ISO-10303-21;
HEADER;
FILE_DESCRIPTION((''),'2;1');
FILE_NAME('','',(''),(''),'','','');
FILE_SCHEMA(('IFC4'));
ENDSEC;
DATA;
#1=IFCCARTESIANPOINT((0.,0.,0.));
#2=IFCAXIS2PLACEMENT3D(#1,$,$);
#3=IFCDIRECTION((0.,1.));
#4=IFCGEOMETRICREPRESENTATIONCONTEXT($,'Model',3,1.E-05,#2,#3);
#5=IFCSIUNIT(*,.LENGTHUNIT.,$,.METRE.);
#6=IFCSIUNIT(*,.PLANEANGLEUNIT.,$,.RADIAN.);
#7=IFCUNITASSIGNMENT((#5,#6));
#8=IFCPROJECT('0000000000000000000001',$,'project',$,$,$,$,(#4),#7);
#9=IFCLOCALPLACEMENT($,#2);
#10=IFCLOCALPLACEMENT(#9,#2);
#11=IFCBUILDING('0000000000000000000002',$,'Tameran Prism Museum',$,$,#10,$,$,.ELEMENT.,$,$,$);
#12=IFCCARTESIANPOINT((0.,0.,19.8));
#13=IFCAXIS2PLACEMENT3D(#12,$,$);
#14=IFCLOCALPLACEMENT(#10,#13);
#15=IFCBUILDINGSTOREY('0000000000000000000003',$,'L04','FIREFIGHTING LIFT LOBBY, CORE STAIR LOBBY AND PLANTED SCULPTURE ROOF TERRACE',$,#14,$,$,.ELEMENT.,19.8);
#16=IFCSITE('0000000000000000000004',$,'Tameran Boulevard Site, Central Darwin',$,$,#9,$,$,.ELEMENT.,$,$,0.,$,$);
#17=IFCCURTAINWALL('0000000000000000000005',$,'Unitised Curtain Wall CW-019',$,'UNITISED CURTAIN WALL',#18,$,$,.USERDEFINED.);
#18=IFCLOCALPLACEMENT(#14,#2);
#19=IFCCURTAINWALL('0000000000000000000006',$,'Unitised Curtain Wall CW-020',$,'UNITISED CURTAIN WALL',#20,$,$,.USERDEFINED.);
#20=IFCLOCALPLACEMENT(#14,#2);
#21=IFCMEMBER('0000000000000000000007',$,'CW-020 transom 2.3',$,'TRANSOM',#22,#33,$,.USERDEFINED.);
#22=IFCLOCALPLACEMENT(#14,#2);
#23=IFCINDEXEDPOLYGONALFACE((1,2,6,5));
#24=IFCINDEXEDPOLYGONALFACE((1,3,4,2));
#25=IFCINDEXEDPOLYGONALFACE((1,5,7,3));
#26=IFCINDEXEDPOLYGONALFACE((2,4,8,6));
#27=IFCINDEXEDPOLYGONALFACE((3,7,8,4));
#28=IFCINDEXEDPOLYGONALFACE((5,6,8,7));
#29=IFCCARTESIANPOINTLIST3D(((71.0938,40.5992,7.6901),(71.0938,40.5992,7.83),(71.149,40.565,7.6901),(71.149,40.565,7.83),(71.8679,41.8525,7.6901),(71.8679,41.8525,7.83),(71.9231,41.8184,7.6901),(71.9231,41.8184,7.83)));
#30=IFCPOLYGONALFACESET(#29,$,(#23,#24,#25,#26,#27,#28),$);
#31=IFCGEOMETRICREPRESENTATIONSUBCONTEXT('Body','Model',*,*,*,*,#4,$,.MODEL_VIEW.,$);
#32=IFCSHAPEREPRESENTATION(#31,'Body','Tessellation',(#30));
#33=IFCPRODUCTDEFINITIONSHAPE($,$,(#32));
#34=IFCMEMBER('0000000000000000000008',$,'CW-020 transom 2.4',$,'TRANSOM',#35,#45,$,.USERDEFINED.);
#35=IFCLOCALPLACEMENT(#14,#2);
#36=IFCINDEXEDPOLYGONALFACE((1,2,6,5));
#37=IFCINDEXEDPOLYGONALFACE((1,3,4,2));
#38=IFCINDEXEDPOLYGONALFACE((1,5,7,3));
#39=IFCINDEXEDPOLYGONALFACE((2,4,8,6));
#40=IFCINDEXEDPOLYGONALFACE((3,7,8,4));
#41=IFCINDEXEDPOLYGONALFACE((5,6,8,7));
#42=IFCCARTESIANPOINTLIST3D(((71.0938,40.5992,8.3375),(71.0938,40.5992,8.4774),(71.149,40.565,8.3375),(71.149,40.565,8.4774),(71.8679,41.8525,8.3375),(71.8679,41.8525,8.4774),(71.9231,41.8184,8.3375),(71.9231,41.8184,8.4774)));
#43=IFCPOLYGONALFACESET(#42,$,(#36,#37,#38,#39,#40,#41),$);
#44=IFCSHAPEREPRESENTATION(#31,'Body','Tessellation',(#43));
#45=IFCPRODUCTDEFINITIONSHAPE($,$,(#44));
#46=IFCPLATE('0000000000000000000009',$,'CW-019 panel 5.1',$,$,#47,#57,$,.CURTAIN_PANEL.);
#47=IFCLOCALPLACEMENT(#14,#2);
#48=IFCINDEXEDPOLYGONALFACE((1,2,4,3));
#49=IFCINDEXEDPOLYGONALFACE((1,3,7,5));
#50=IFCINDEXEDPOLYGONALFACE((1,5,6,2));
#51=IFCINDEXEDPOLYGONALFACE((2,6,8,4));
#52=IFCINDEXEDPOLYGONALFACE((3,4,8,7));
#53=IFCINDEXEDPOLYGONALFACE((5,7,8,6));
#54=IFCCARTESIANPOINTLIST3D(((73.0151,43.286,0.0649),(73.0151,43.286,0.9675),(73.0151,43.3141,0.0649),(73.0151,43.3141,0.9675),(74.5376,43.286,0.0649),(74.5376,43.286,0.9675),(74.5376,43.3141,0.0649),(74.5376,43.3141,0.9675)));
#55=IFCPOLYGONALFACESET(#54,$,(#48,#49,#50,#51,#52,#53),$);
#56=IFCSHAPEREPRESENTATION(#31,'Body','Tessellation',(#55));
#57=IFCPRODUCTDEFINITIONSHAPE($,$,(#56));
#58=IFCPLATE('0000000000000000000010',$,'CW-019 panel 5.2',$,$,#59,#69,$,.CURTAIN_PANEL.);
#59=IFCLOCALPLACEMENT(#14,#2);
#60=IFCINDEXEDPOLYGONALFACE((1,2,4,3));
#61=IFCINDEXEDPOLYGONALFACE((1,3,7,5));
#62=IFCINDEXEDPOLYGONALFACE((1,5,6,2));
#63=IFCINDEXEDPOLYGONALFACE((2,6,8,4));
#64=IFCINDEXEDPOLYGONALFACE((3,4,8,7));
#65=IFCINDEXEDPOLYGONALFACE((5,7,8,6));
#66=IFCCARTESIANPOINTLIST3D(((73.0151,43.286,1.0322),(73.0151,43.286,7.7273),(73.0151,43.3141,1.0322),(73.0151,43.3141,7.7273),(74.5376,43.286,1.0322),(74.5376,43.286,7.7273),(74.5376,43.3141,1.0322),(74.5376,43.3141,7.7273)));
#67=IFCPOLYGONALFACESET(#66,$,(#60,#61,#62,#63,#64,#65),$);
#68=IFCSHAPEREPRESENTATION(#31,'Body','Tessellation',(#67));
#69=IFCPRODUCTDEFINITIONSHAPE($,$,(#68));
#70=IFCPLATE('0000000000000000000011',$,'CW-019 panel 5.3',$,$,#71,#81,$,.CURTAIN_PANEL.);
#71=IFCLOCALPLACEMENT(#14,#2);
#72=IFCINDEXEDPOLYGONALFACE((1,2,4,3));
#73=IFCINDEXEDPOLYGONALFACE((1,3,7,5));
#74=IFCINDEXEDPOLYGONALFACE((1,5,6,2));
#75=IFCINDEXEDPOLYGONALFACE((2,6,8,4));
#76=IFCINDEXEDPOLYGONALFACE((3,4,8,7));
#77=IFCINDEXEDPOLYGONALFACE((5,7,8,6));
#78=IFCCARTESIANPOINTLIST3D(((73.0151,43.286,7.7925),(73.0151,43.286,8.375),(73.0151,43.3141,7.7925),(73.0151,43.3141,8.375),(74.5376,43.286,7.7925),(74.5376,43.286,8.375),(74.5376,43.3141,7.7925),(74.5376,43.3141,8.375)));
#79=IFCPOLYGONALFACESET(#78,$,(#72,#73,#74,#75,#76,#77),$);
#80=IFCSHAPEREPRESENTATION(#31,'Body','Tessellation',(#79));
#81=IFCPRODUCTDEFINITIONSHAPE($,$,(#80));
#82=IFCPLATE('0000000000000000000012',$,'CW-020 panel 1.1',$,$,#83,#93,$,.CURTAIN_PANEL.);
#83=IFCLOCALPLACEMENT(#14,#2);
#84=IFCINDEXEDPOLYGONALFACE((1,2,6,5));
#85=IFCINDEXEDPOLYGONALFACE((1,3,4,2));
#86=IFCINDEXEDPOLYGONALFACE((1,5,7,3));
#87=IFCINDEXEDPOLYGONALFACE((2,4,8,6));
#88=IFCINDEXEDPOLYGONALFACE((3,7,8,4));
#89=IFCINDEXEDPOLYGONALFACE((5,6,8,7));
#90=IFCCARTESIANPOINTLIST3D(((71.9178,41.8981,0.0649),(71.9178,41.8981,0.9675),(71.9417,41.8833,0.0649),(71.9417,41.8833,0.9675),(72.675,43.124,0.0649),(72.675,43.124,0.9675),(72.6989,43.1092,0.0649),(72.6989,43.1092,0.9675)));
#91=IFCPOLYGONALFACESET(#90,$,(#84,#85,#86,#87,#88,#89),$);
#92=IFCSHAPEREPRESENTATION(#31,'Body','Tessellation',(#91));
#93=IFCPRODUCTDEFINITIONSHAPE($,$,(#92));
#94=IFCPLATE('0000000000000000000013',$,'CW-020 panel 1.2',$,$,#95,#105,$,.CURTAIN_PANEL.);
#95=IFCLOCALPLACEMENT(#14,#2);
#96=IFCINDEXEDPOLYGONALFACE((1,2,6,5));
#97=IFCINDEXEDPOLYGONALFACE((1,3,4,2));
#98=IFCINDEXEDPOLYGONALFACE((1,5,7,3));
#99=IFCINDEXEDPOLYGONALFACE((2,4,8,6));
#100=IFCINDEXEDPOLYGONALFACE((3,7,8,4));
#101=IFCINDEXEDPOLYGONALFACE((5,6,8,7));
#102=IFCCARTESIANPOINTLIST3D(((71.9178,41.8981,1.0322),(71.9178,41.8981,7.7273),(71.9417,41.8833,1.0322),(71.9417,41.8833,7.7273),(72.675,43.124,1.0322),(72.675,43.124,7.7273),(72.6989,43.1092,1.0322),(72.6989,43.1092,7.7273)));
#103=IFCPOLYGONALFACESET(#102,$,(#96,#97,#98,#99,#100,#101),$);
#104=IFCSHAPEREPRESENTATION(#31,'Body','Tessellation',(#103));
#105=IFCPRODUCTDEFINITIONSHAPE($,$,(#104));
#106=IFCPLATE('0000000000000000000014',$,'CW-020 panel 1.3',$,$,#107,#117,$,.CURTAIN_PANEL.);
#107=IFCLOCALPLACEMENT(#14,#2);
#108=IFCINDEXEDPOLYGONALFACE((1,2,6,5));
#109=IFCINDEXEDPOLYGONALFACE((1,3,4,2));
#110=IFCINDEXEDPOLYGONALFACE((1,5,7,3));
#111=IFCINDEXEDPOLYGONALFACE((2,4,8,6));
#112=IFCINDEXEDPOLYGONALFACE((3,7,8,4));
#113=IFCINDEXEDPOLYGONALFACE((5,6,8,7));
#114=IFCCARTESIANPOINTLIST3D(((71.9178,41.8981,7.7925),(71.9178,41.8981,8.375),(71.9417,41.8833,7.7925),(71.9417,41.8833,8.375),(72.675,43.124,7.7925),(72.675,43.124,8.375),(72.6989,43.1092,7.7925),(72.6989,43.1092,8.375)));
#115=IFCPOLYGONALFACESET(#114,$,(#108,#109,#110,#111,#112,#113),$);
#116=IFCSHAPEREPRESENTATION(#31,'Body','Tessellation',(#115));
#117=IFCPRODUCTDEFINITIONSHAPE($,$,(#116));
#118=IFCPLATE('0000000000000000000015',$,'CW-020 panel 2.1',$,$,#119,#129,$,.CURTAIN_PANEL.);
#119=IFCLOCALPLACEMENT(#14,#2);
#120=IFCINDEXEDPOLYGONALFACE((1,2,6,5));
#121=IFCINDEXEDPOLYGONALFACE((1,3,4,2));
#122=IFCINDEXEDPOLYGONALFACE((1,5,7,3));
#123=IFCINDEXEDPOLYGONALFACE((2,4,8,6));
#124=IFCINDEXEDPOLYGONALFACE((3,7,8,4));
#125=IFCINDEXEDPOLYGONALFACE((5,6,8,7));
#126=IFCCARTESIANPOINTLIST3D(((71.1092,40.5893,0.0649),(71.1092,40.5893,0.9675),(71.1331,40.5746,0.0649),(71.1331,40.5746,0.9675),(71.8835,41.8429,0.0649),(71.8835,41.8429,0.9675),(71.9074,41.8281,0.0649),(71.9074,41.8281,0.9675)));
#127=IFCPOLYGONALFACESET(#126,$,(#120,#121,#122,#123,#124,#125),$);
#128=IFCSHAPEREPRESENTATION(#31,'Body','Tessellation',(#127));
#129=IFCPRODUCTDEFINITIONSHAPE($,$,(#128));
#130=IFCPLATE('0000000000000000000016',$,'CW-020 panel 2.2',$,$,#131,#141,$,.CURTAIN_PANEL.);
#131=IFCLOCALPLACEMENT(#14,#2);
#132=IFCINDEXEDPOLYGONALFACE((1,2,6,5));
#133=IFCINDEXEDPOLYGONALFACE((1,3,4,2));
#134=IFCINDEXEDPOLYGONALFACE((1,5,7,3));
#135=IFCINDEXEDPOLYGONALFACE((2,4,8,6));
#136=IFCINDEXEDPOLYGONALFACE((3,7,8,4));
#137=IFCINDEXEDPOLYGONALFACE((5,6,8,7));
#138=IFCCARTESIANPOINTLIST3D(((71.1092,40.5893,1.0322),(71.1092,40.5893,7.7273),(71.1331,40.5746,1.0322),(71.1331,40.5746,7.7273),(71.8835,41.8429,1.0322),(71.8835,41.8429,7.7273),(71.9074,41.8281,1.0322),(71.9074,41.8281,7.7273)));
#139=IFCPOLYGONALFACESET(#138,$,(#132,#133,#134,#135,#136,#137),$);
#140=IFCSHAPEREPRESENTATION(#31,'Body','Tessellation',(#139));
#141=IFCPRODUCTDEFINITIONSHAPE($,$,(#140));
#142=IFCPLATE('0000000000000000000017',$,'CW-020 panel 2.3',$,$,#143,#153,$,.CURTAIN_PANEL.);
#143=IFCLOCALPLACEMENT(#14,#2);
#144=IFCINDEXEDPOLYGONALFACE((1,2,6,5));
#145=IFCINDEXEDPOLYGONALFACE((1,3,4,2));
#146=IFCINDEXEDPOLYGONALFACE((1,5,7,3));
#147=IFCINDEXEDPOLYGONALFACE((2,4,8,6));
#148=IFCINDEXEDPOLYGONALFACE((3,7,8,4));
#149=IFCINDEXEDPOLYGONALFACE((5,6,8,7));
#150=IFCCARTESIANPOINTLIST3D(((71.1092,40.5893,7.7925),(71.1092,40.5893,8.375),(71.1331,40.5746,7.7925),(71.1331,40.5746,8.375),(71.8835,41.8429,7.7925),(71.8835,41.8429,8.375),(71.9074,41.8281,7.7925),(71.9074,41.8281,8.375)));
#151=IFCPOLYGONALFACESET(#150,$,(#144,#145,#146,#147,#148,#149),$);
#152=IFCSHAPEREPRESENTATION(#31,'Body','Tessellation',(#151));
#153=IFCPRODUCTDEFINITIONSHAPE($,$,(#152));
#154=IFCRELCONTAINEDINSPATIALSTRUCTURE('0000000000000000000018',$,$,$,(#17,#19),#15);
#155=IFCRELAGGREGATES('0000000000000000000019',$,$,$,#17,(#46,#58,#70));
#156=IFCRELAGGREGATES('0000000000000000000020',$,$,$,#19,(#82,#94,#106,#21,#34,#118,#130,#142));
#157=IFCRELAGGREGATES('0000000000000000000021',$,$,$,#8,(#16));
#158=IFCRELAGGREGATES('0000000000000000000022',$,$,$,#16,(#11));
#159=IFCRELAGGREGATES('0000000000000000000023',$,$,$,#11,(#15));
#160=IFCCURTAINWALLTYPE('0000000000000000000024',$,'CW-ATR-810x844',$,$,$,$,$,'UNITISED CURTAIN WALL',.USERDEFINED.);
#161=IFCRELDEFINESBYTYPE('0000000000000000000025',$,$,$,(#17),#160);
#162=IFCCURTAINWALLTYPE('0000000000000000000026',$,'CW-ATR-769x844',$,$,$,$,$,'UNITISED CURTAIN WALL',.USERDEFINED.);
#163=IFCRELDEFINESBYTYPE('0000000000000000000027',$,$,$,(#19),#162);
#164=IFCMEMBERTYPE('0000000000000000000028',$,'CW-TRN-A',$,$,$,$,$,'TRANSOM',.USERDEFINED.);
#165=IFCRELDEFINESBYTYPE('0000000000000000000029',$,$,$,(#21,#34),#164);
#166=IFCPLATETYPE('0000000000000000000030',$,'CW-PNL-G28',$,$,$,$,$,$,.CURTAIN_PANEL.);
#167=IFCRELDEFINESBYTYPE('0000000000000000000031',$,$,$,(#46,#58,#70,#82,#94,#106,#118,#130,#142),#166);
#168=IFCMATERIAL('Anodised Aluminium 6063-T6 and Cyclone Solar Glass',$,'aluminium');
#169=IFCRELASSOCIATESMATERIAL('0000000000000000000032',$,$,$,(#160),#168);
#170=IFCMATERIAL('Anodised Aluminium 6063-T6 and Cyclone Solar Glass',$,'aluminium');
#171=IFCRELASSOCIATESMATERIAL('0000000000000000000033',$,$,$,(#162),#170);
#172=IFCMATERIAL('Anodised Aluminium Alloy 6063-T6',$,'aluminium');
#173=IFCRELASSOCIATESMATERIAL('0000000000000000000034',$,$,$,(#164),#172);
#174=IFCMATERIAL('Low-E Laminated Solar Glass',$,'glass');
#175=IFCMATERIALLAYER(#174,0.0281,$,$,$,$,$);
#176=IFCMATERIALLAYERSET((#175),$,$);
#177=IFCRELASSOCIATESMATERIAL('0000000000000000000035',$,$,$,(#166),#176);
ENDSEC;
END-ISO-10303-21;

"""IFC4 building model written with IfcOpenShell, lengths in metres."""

from ifc_helpers import new_model, si_unit, direction, frame, origin, origin_2d, place, context, subcontext, project, spatial, rectangle, extrude, material, layer, layer_set, material_profile, profile_set, type_object, element, aggregate, save


model = new_model("IFC4")

# Units and contexts
model_context = context("Model", 3, precision=1e-05, world=origin(), true_north=direction((0.0, 1.0)))
body_context = subcontext(model_context, "Body", "Model", "MODEL_VIEW")
ifc_project = project(units=[si_unit("LENGTHUNIT", "METRE"), si_unit("PLANEANGLEUNIT", "RADIAN")], contexts=[model_context])

# Site, building, storey
site_placement = place(None, origin())
site = spatial("IfcSite", under=ifc_project, at=site_placement, Name="Tameran Boulevard Site, Central Darwin", CompositionType="ELEMENT", RefElevation=0.0)
building_placement = place(site_placement, origin())
building = spatial("IfcBuilding", under=site, at=building_placement, Name="Tameran Prism Museum", CompositionType="ELEMENT")
storey_placement = place(building_placement, frame((0.0, 0.0, 19.8)))
storey = spatial("IfcBuildingStorey", under=building, at=storey_placement, Name="L04", Description="FIREFIGHTING LIFT LOBBY, CORE STAIR LOBBY AND PLANTED SCULPTURE ROOF TERRACE", CompositionType="ELEMENT", Elevation=19.8)

# Curtain wall
ifc_material_1 = material(Name="Anodised Aluminium 6063-T6 and Cyclone Solar Glass", Category="aluminium")
curtain_wall_type_1 = type_object("IfcCurtainWallType", Name="CW-ATR-810x844", ElementType="UNITISED CURTAIN WALL", PredefinedType="USERDEFINED", material=ifc_material_1)
curtain_wall_1_placement = place(storey_placement, origin())
curtain_wall_1 = element("IfcCurtainWall", 1, at=curtain_wall_1_placement, inside=storey, type_object=curtain_wall_type_1, Name="Unitised Curtain Wall CW-019", ObjectType="UNITISED CURTAIN WALL", PredefinedType="USERDEFINED")

# Curtain wall
ifc_material_2 = material(Name="Anodised Aluminium 6063-T6 and Cyclone Solar Glass", Category="aluminium")
curtain_wall_type_2 = type_object("IfcCurtainWallType", Name="CW-ATR-769x844", ElementType="UNITISED CURTAIN WALL", PredefinedType="USERDEFINED", material=ifc_material_2)
curtain_wall_2_placement = place(storey_placement, origin())
curtain_wall_2 = element("IfcCurtainWall", 2, at=curtain_wall_2_placement, inside=storey, type_object=curtain_wall_type_2, Name="Unitised Curtain Wall CW-020", ObjectType="UNITISED CURTAIN WALL", PredefinedType="USERDEFINED")

# Members
ifc_material_3 = material(Name="Anodised Aluminium Alloy 6063-T6", Category="aluminium")
ifc_material_profile_1 = material_profile(ifc_material_3, rectangle(XDim=0.0649, YDim=0.1399, at=origin_2d()))
ifc_profile_set_1 = profile_set([ifc_material_profile_1])
member_type_1 = type_object("IfcMemberType", Name="CW-TRN-A", ElementType="TRANSOM", PredefinedType="USERDEFINED", material=ifc_profile_set_1)
member_1_placement = place(storey_placement, frame((71.8955, 41.8354, 7.76), z_axis=(-0.525493, -0.850798, 0.0), x_axis=(0.850798, -0.525493, 0.0)))
member_1 = element("IfcMember", 3, at=member_1_placement, type_object=member_type_1, Name="CW-020 transom 2.3", ObjectType="TRANSOM", PredefinedType="USERDEFINED", context=body_context, shape_type="SweptSolid", body=[
    extrude(rectangle(XDim=0.0649, YDim=0.1399, at=origin_2d()), origin(), (0.0, 0.0, 1.0), 1.4731),
])
member_2_placement = place(storey_placement, frame((71.8955, 41.8354, 8.4075), z_axis=(-0.525493, -0.850798, 0.0), x_axis=(0.850798, -0.525493, 0.0)))
member_2 = element("IfcMember", 4, at=member_2_placement, type_object=member_type_1, Name="CW-020 transom 2.4", ObjectType="TRANSOM", PredefinedType="USERDEFINED", context=body_context, shape_type="SweptSolid", body=[
    extrude(rectangle(XDim=0.0649, YDim=0.1399, at=origin_2d()), origin(), (0.0, 0.0, 1.0), 1.4731),
])

# Plates
ifc_material_4 = material(Name="Low-E Laminated Solar Glass", Category="glass")
ifc_layer = layer(ifc_material_4, 0.0281)
ifc_layer_set = layer_set([ifc_layer])
plate_type = type_object("IfcPlateType", Name="CW-PNL-G28", PredefinedType="CURTAIN_PANEL", material=ifc_layer_set)
plate_1_placement = place(storey_placement, frame((73.7764, 43.3, 0.0649), z_axis=(0.0, 0.0, 1.0), x_axis=(-1.0, 0.0, 0.0)))
plate_1 = element("IfcPlate", 5, at=plate_1_placement, type_object=plate_type, Name="CW-019 panel 5.1", PredefinedType="CURTAIN_PANEL", context=body_context, shape_type="SweptSolid", body=[
    extrude(rectangle(XDim=1.5225, YDim=0.0281, at=origin_2d()), origin(), (0.0, 0.0, 1.0), 0.9026),
])
plate_2_placement = place(storey_placement, frame((73.7764, 43.3, 1.0322), z_axis=(0.0, 0.0, 1.0), x_axis=(-1.0, 0.0, 0.0)))
plate_2 = element("IfcPlate", 6, at=plate_2_placement, type_object=plate_type, Name="CW-019 panel 5.2", PredefinedType="CURTAIN_PANEL", context=body_context, shape_type="SweptSolid", body=[
    extrude(rectangle(XDim=1.5225, YDim=0.0281, at=origin_2d()), origin(), (0.0, 0.0, 1.0), 6.6951),
])
plate_3_placement = place(storey_placement, frame((73.7764, 43.3, 7.7925), z_axis=(0.0, 0.0, 1.0), x_axis=(-1.0, 0.0, 0.0)))
plate_3 = element("IfcPlate", 7, at=plate_3_placement, type_object=plate_type, Name="CW-019 panel 5.3", PredefinedType="CURTAIN_PANEL", context=body_context, shape_type="SweptSolid", body=[
    extrude(rectangle(XDim=1.5225, YDim=0.0281, at=origin_2d()), origin(), (0.0, 0.0, 1.0), 0.5825),
])
aggregate(curtain_wall_1, [plate_1, plate_2, plate_3])
plate_4_placement = place(storey_placement, frame((72.3083, 42.5037, 0.0649), z_axis=(0.0, 0.0, 1.0), x_axis=(-0.525504, -0.850791, 0.0)))
plate_4 = element("IfcPlate", 8, at=plate_4_placement, type_object=plate_type, Name="CW-020 panel 1.1", PredefinedType="CURTAIN_PANEL", context=body_context, shape_type="SweptSolid", body=[
    extrude(rectangle(XDim=1.4409, YDim=0.0281, at=origin_2d()), origin(), (0.0, 0.0, 1.0), 0.9026),
])
plate_5_placement = place(storey_placement, frame((72.3083, 42.5037, 1.0322), z_axis=(0.0, 0.0, 1.0), x_axis=(-0.525504, -0.850791, 0.0)))
plate_5 = element("IfcPlate", 9, at=plate_5_placement, type_object=plate_type, Name="CW-020 panel 1.2", PredefinedType="CURTAIN_PANEL", context=body_context, shape_type="SweptSolid", body=[
    extrude(rectangle(XDim=1.4409, YDim=0.0281, at=origin_2d()), origin(), (0.0, 0.0, 1.0), 6.6951),
])
plate_6_placement = place(storey_placement, frame((72.3083, 42.5037, 7.7925), z_axis=(0.0, 0.0, 1.0), x_axis=(-0.525504, -0.850791, 0.0)))
plate_6 = element("IfcPlate", 10, at=plate_6_placement, type_object=plate_type, Name="CW-020 panel 1.3", PredefinedType="CURTAIN_PANEL", context=body_context, shape_type="SweptSolid", body=[
    extrude(rectangle(XDim=1.4409, YDim=0.0281, at=origin_2d()), origin(), (0.0, 0.0, 1.0), 0.5825),
])
plate_7_placement = place(storey_placement, frame((71.5083, 41.2087, 0.0649), z_axis=(0.0, 0.0, 1.0), x_axis=(-0.525504, -0.850791, 0.0)))
plate_7 = element("IfcPlate", 11, at=plate_7_placement, type_object=plate_type, Name="CW-020 panel 2.1", PredefinedType="CURTAIN_PANEL", context=body_context, shape_type="SweptSolid", body=[
    extrude(rectangle(XDim=1.4734, YDim=0.0281, at=origin_2d()), origin(), (0.0, 0.0, 1.0), 0.9026),
])
plate_8_placement = place(storey_placement, frame((71.5083, 41.2087, 1.0322), z_axis=(0.0, 0.0, 1.0), x_axis=(-0.525504, -0.850791, 0.0)))
plate_8 = element("IfcPlate", 12, at=plate_8_placement, type_object=plate_type, Name="CW-020 panel 2.2", PredefinedType="CURTAIN_PANEL", context=body_context, shape_type="SweptSolid", body=[
    extrude(rectangle(XDim=1.4734, YDim=0.0281, at=origin_2d()), origin(), (0.0, 0.0, 1.0), 6.6951),
])
plate_9_placement = place(storey_placement, frame((71.5083, 41.2087, 7.7925), z_axis=(0.0, 0.0, 1.0), x_axis=(-0.525504, -0.850791, 0.0)))
plate_9 = element("IfcPlate", 13, at=plate_9_placement, type_object=plate_type, Name="CW-020 panel 2.3", PredefinedType="CURTAIN_PANEL", context=body_context, shape_type="SweptSolid", body=[
    extrude(rectangle(XDim=1.4734, YDim=0.0281, at=origin_2d()), origin(), (0.0, 0.0, 1.0), 0.5825),
])
aggregate(curtain_wall_2, [plate_4, plate_5, plate_6, member_1, member_2, plate_7, plate_8, plate_9])

save(model, "model.ifc")
